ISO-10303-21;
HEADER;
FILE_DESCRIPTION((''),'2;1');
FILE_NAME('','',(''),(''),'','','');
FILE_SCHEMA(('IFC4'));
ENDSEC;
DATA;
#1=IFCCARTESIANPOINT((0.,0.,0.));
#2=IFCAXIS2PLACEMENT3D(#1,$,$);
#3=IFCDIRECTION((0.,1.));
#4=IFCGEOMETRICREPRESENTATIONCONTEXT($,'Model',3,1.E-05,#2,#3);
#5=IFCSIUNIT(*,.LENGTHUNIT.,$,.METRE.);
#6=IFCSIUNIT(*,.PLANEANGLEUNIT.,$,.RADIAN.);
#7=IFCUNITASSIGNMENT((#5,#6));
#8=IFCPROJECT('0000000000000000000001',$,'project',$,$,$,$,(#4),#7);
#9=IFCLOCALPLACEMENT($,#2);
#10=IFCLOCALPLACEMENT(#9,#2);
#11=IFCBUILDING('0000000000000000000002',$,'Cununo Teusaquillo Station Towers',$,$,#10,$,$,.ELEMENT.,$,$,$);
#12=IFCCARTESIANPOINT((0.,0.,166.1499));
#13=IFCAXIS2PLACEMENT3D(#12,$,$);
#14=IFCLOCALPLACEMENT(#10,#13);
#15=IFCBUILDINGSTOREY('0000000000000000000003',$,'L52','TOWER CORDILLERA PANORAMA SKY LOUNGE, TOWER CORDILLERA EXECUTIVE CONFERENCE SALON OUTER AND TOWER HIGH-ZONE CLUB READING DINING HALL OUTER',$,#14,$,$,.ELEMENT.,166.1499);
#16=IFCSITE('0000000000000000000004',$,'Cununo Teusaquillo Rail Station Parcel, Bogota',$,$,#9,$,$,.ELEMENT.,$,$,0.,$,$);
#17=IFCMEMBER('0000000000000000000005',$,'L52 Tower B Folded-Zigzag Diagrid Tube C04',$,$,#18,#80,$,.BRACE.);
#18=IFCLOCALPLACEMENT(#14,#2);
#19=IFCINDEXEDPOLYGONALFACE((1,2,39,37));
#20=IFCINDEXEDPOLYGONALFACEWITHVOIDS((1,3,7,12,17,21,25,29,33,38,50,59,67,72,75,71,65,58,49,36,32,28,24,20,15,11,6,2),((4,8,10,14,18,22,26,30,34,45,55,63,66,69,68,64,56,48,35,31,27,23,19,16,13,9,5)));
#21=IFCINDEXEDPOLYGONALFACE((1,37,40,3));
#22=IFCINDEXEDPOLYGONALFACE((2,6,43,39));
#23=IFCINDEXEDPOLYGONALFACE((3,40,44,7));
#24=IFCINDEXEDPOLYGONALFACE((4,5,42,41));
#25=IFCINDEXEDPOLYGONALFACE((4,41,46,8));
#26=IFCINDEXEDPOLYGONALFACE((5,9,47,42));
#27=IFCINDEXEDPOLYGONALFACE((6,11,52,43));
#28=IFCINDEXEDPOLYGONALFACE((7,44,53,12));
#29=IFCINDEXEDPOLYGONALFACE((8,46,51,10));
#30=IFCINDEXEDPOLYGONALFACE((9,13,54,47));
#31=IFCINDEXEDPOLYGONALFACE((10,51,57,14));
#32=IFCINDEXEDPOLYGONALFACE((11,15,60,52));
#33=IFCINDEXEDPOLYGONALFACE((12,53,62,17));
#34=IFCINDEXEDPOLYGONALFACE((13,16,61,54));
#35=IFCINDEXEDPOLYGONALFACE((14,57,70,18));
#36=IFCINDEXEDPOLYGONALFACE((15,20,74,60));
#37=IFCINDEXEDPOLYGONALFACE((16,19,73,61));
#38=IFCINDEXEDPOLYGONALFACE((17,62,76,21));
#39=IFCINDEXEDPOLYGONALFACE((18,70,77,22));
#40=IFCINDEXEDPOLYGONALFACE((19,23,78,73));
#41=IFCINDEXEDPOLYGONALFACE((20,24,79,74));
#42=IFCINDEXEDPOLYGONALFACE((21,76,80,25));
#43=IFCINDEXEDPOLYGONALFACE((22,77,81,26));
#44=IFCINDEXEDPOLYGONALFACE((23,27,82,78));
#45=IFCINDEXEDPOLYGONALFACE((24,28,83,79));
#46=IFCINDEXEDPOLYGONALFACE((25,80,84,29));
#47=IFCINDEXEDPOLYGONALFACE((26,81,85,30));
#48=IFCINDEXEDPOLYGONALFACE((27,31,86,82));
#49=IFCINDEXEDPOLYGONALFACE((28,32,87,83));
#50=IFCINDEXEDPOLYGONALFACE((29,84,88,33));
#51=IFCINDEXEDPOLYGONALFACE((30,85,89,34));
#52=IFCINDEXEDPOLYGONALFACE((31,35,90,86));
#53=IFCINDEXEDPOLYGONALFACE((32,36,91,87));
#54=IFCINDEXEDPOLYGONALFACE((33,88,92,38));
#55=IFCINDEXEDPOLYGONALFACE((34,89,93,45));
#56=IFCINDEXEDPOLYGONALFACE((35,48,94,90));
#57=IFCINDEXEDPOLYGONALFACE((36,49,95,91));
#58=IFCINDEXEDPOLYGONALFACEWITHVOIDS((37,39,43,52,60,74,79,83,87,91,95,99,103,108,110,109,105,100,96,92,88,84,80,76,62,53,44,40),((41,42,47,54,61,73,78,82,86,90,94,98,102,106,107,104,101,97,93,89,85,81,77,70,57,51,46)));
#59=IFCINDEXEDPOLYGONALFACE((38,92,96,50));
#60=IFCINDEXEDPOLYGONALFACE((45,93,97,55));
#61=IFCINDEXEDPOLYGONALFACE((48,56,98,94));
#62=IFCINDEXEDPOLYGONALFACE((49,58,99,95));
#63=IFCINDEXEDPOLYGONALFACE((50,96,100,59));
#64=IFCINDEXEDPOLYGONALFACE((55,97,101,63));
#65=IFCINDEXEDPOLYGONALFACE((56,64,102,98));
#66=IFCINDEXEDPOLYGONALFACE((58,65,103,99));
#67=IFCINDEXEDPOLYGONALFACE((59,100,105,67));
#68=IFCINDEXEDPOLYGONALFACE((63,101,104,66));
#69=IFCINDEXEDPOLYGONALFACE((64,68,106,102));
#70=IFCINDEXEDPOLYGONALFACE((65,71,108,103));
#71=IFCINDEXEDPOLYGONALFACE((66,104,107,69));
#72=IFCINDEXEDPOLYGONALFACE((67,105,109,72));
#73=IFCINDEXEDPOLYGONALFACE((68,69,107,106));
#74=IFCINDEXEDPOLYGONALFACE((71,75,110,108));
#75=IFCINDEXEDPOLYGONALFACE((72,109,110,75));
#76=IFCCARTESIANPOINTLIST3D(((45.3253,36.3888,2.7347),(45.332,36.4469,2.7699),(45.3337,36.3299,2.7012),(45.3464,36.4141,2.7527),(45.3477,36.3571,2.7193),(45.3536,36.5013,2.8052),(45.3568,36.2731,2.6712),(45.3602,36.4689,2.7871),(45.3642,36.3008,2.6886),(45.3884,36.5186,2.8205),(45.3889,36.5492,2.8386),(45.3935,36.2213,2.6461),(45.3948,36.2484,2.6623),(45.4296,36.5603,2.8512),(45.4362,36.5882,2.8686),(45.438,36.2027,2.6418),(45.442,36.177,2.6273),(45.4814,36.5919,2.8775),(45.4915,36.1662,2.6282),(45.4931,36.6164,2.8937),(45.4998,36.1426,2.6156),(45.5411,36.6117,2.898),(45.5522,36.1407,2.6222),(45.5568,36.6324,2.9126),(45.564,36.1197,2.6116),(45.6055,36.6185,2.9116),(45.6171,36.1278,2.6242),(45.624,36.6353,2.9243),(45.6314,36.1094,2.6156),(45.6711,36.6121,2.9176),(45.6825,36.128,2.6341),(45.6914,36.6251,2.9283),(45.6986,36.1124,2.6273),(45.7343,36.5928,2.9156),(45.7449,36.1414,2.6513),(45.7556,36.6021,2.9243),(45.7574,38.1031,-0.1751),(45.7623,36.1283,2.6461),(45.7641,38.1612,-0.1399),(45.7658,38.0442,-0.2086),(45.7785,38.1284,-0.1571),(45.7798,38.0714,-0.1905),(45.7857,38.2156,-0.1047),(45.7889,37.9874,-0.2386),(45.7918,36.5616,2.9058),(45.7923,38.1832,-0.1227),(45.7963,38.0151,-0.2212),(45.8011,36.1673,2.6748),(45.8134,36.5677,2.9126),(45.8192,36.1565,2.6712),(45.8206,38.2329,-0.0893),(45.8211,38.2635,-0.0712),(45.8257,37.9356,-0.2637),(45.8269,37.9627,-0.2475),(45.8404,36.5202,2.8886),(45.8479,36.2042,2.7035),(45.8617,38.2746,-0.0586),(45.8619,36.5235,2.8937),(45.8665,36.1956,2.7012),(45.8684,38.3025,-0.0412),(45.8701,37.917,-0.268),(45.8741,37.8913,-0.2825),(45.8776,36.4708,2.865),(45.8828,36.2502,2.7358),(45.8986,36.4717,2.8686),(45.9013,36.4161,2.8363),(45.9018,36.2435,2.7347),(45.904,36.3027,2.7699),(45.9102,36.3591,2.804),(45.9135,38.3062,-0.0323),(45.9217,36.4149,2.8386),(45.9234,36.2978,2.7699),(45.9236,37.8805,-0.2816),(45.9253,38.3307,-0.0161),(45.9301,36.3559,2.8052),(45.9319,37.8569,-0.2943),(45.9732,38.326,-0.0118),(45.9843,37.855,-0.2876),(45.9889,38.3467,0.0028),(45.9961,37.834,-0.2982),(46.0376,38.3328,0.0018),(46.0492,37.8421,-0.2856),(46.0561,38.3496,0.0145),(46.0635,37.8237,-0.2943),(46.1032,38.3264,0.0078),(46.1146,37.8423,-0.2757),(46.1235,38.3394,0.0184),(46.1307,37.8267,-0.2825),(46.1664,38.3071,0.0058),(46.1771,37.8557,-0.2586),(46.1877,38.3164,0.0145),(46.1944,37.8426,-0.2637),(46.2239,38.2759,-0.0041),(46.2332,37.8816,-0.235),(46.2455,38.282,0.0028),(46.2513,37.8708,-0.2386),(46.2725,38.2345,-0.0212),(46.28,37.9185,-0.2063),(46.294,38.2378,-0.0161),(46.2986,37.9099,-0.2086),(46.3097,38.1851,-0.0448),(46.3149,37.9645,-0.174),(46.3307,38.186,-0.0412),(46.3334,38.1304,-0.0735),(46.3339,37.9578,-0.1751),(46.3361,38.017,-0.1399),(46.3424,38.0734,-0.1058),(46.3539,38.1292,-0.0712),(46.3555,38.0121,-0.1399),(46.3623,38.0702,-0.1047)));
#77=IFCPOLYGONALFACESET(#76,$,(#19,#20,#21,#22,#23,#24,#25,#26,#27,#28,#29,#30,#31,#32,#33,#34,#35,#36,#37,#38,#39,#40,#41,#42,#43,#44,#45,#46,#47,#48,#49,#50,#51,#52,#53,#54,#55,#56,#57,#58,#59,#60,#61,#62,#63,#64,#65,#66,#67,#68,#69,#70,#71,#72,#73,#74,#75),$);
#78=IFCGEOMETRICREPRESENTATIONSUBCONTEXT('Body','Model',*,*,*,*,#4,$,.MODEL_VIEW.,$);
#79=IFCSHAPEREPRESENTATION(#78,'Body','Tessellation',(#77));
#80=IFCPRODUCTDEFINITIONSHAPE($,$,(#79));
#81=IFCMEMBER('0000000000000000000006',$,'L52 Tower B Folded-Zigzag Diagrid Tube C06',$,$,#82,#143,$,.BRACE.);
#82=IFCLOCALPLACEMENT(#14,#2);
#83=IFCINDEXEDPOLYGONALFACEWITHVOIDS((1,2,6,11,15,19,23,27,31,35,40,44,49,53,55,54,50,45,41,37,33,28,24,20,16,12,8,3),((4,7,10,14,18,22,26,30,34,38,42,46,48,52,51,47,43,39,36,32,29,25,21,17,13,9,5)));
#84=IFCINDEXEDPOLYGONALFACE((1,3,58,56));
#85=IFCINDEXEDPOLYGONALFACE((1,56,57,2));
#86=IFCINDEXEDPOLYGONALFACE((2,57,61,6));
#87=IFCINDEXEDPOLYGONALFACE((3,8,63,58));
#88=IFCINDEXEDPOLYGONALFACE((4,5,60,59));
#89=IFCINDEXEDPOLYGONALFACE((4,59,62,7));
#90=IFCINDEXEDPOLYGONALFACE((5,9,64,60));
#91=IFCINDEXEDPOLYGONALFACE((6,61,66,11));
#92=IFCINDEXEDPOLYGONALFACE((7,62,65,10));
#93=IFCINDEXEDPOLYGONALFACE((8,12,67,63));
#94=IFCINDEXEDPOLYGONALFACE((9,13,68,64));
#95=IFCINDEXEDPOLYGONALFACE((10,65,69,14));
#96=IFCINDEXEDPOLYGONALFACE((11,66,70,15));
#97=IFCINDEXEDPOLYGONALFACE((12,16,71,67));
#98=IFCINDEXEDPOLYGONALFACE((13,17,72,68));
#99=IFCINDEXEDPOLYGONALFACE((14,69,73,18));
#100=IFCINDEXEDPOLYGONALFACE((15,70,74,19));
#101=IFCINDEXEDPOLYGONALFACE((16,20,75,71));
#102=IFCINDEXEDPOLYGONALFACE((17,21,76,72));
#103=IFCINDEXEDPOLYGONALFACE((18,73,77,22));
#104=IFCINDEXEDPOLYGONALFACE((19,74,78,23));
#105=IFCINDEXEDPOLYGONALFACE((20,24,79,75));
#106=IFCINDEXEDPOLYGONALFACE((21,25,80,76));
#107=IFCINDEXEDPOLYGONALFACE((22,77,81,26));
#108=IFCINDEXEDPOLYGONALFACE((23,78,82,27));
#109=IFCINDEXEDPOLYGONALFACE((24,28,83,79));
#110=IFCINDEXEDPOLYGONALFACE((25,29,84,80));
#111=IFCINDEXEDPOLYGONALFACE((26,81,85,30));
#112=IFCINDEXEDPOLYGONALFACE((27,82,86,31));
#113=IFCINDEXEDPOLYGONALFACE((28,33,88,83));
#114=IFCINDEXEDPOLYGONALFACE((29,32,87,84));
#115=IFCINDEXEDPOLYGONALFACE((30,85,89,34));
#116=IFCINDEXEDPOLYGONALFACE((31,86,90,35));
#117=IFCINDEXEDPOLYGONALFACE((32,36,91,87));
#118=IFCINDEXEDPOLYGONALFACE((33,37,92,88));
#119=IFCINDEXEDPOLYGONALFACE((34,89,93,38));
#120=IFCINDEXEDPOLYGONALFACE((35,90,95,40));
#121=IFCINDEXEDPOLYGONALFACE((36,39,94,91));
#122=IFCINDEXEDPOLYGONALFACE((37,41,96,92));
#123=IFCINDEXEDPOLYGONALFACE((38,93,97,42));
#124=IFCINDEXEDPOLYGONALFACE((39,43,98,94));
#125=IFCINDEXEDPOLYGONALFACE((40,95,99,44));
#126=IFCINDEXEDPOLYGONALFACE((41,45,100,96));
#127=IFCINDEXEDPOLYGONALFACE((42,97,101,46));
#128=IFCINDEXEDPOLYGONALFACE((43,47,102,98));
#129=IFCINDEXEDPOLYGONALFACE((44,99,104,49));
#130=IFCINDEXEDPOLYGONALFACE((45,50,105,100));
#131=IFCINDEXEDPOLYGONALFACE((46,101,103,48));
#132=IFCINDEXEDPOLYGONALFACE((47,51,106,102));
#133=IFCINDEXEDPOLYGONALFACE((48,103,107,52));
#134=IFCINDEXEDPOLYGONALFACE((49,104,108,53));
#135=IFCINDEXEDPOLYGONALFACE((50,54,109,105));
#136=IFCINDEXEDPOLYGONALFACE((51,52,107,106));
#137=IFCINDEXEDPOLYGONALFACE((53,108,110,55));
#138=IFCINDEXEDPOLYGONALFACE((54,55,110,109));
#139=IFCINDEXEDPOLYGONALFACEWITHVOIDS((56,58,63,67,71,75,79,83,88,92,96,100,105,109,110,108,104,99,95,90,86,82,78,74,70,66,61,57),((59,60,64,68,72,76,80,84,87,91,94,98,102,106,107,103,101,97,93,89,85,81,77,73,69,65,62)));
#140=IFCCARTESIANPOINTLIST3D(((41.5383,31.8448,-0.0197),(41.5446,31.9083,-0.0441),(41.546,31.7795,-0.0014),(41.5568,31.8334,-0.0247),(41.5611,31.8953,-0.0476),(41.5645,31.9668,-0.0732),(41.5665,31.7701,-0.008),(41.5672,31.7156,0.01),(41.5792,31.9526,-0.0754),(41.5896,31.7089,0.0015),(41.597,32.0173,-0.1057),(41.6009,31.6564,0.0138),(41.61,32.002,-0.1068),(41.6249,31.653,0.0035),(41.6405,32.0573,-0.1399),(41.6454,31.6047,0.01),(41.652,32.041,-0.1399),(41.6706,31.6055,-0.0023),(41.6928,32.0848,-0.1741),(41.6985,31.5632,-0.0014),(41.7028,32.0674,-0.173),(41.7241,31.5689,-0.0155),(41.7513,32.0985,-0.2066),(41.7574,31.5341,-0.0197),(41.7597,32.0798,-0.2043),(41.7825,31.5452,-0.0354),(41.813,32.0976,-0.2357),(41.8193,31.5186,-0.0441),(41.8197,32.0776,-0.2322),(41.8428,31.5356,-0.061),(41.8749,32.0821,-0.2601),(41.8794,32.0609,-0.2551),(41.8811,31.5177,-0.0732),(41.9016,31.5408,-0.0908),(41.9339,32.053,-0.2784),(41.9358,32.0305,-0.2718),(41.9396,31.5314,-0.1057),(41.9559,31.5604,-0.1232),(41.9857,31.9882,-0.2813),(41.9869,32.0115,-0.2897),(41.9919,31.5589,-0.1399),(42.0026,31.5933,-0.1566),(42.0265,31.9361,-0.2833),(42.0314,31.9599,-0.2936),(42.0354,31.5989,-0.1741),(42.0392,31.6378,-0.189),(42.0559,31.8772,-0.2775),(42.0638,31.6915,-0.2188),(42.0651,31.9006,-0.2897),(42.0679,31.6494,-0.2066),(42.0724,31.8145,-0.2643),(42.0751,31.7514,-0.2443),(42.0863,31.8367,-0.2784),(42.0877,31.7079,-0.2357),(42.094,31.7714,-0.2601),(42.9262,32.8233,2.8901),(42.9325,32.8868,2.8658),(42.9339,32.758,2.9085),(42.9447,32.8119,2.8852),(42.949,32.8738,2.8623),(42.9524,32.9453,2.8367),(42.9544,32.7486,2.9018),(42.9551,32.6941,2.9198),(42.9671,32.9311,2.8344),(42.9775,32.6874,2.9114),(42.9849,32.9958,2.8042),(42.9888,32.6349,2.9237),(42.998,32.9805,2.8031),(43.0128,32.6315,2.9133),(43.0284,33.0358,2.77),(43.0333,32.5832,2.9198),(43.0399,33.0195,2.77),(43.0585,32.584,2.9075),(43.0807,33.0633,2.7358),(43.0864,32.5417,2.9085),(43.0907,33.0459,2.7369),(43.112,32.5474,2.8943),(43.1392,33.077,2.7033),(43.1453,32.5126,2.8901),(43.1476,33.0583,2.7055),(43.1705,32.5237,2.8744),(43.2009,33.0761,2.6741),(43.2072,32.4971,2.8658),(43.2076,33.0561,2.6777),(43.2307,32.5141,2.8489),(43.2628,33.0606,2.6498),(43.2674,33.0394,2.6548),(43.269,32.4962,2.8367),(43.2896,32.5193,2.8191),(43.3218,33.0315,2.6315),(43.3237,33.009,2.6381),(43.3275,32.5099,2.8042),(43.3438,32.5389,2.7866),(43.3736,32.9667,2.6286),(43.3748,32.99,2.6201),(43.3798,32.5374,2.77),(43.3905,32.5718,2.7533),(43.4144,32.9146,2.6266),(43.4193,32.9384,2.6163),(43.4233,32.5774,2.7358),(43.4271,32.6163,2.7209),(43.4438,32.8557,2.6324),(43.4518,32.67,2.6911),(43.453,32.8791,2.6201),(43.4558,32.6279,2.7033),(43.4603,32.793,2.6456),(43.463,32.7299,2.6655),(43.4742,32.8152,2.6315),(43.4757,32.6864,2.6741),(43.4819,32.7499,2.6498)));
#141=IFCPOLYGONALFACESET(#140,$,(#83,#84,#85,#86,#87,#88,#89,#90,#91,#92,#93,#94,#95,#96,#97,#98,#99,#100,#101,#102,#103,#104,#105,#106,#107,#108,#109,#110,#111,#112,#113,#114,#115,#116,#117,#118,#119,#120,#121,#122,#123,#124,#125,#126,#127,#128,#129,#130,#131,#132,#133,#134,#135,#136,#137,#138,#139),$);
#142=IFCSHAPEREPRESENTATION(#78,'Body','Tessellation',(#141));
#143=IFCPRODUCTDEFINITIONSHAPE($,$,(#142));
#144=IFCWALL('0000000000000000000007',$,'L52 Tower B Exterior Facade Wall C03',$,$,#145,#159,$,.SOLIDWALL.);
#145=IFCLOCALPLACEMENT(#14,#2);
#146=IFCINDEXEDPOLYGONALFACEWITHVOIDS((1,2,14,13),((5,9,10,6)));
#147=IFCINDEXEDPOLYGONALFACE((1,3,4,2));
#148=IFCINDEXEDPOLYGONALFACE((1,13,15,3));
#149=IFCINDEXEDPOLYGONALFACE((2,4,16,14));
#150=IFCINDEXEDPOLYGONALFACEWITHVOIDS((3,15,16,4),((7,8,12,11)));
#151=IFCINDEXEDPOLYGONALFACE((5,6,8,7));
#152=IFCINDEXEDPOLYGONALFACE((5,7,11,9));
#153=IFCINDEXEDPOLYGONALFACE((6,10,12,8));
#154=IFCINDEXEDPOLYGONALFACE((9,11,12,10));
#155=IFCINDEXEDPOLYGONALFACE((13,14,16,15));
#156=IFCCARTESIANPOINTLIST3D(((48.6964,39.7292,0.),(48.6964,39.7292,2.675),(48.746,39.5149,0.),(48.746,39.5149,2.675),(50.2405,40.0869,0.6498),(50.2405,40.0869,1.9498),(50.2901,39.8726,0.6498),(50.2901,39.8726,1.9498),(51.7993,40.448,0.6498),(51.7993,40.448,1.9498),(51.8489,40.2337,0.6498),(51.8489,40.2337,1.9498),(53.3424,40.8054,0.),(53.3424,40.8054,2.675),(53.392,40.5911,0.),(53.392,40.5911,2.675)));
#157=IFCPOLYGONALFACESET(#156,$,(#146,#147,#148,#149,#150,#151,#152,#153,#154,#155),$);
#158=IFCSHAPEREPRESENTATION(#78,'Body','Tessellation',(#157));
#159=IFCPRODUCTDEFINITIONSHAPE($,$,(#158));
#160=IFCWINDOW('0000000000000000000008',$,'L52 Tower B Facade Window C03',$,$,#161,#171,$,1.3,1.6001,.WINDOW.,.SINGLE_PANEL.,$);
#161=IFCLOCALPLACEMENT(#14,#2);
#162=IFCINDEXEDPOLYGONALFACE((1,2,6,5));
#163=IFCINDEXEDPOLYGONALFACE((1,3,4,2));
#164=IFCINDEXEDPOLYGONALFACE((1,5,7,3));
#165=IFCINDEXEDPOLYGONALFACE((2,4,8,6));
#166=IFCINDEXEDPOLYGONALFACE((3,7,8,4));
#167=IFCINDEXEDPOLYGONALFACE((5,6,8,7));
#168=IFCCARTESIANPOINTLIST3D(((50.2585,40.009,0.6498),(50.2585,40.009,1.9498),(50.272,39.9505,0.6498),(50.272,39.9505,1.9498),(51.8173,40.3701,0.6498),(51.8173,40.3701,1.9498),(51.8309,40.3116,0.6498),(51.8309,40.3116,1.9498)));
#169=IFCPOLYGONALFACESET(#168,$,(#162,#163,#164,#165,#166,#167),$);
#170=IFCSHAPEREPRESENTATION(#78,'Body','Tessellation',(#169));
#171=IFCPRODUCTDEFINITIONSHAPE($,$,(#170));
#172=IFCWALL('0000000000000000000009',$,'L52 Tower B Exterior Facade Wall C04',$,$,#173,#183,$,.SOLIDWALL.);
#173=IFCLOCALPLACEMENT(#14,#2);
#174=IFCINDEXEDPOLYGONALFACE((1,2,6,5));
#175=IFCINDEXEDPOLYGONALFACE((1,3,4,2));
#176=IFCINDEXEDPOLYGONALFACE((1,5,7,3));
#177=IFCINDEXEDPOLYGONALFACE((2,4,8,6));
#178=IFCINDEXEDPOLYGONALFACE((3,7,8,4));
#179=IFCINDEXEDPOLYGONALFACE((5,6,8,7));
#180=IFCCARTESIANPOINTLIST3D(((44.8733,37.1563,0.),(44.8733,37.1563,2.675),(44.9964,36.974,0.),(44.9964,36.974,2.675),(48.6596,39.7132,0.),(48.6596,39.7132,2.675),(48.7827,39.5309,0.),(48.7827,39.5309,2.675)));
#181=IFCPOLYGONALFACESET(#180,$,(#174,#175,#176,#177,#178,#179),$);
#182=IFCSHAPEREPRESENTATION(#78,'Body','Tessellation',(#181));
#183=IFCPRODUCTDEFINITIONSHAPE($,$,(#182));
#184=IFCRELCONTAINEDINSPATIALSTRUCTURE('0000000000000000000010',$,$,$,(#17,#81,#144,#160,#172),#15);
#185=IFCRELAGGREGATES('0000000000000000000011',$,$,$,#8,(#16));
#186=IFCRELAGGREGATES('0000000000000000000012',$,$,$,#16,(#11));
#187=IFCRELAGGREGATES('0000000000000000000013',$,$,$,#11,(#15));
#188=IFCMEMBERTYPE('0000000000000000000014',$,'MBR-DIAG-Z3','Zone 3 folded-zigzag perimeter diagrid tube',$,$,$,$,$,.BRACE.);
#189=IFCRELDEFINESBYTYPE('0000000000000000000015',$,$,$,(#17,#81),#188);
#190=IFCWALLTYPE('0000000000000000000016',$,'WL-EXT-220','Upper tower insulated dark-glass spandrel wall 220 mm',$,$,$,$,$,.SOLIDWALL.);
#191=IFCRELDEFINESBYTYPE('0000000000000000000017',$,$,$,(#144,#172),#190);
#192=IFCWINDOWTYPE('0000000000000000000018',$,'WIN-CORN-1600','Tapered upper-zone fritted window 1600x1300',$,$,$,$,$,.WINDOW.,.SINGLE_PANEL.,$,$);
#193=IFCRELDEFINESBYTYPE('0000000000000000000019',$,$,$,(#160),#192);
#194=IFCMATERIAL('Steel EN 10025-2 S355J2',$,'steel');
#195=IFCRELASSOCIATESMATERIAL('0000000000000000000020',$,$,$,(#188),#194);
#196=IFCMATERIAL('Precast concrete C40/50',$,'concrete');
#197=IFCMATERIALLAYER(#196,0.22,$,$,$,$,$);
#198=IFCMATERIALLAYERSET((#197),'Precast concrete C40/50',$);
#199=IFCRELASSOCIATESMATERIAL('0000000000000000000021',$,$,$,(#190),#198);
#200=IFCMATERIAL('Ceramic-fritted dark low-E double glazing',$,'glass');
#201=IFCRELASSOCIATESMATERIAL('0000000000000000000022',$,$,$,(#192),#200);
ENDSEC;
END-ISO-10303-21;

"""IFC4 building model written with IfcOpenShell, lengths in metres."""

from ifc_helpers import new_model, si_unit, direction, frame, frame_2d, origin, origin_2d, place, context, subcontext, project, spatial, rectangle, hollow_circle, extrude, source, transform, mapped, material, layer, layer_set, material_profile, profile_set, type_object, element, fill, save


model = new_model("IFC4")

# Units and contexts
model_context = context("Model", 3, precision=1e-05, world=origin(), true_north=direction((0.0, 1.0)))
body_context = subcontext(model_context, "Body", "Model", "MODEL_VIEW")
ifc_project = project(units=[si_unit("LENGTHUNIT", "METRE"), si_unit("PLANEANGLEUNIT", "RADIAN")], contexts=[model_context])

# Site, building, storey
site_placement = place(None, origin())
site = spatial("IfcSite", under=ifc_project, at=site_placement, Name="Cununo Teusaquillo Rail Station Parcel, Bogota", CompositionType="ELEMENT", RefElevation=0.0)
building_placement = place(site_placement, origin())
building = spatial("IfcBuilding", under=site, at=building_placement, Name="Cununo Teusaquillo Station Towers", CompositionType="ELEMENT")
storey_placement = place(building_placement, frame((0.0, 0.0, 166.1499)))
storey = spatial("IfcBuildingStorey", under=building, at=storey_placement, Name="L52", Description="TOWER CORDILLERA PANORAMA SKY LOUNGE, TOWER CORDILLERA EXECUTIVE CONFERENCE SALON OUTER AND TOWER HIGH-ZONE CLUB READING DINING HALL OUTER", CompositionType="ELEMENT", Elevation=166.1499)

# Members
ifc_material_1 = material(Name="Steel EN 10025-2 S355J2", Category="steel")
ifc_material_profile_1 = material_profile(ifc_material_1, hollow_circle(Radius=0.3049, WallThickness=0.02, at=origin_2d()), Name="CHS 610x20")
ifc_profile_set_1 = profile_set([ifc_material_profile_1], Name="Steel EN 10025-2 S355J2")
member_type = type_object("IfcMemberType", Name="MBR-DIAG-Z3", Description="Zone 3 folded-zigzag perimeter diagrid tube", PredefinedType="BRACE", material=ifc_profile_set_1)
member_1_placement = place(storey_placement, frame((46.0598, 38.0867, -0.1399), z_axis=(-0.126914, -0.503497, 0.854625), x_axis=(0.96967, -0.24442, 0.0)))
element("IfcMember", 1, at=member_1_placement, inside=storey, type_object=member_type, Name="L52 Tower B Folded-Zigzag Diagrid Tube C04", PredefinedType="BRACE", context=body_context, shape_type="SweptSolid", body=[
    extrude(hollow_circle(Radius=0.3049, WallThickness=0.02, at=origin_2d()), origin(), (0.0, 0.0, 1.0), 3.4048),
])
member_2_placement = place(storey_placement, frame((41.8162, 31.8081, -0.1399), z_axis=(0.41195, 0.29043, 0.863682), x_axis=(-0.576209, 0.817302, 0.0)))
element("IfcMember", 2, at=member_2_placement, inside=storey, type_object=member_type, Name="L52 Tower B Folded-Zigzag Diagrid Tube C06", PredefinedType="BRACE", context=body_context, shape_type="SweptSolid", body=[
    extrude(hollow_circle(Radius=0.3049, WallThickness=0.02, at=origin_2d()), origin(), (0.0, 0.0, 1.0), 3.3691),
])

# Wall, opening, window
ifc_material_2 = material(Name="Precast concrete C40/50", Category="concrete")
ifc_layer_1 = layer(ifc_material_2, 0.22)
ifc_layer_set_1 = layer_set([ifc_layer_1], Name="Precast concrete C40/50")
wall_type_1 = type_object("IfcWallType", Name="WL-EXT-220", Description="Upper tower insulated dark-glass spandrel wall 220 mm", PredefinedType="SOLIDWALL", material=ifc_layer_set_1)
wall_1_placement = place(storey_placement, frame((48.7212, 39.6221, 0.0), z_axis=(0.0, 0.0, 1.0), x_axis=(0.974206, 0.22566, 0.0)))
wall_1 = element("IfcWall", 3, at=wall_1_placement, inside=storey, type_object=wall_type_1, Name="L52 Tower B Exterior Facade Wall C03", PredefinedType="SOLIDWALL", context=body_context, shape_type="SweptSolid", body=[
    extrude(rectangle(XDim=4.769, YDim=0.22, at=frame_2d((2.3845, 0.0))), origin(), (0.0, 0.0, 1.0), 2.675),
])
shared_shape_1 = source(origin(), body_context, "Body", "SweptSolid", [
    extrude(rectangle(XDim=1.6001, YDim=1.3, at=frame_2d((0.8, 0.6499))), frame((0.0, 0.1199, 0.0), z_axis=(0.0, -1.0, 0.0), x_axis=(1.0, 0.0, 0.0)), (0.0, 0.0, 1.0), 0.24),
])
opening_1_placement = place(wall_1_placement, frame((1.585, 0.0, 0.6499)))
opening_1 = element("IfcOpeningElement", 4, at=opening_1_placement, cuts=wall_1, PredefinedType="OPENING", context=body_context, shape_type="MappedRepresentation", body=[
    mapped(shared_shape_1, transform((0.0, 0.0, 0.0), x_axis=(1.0, 0.0, 0.0), y_axis=(0.0, 1.0, 0.0), z_axis=(0.0, 0.0, 1.0), scale=1.0)),
])
ifc_material_3 = material(Name="Ceramic-fritted dark low-E double glazing", Category="glass")
window_type = type_object("IfcWindowType", Name="WIN-CORN-1600", Description="Tapered upper-zone fritted window 1600x1300", PartitioningType="SINGLE_PANEL", PredefinedType="WINDOW", material=ifc_material_3)
shared_shape_2 = source(origin(), body_context, "Body", "SweptSolid", [
    extrude(rectangle(XDim=1.6001, YDim=1.3, at=frame_2d((0.8, 0.6499))), frame((0.0, 0.03, 0.0), z_axis=(0.0, -1.0, 0.0), x_axis=(1.0, 0.0, 0.0)), (0.0, 0.0, 1.0), 0.0601),
])
window_1_placement = place(opening_1_placement, origin())
window_1 = element("IfcWindow", 5, at=window_1_placement, inside=storey, type_object=window_type, Name="L52 Tower B Facade Window C03", OverallHeight=1.3, OverallWidth=1.6001, PartitioningType="SINGLE_PANEL", PredefinedType="WINDOW", context=body_context, shape_type="MappedRepresentation", body=[
    mapped(shared_shape_2, transform((0.0, 0.0, 0.0), x_axis=(1.0, 0.0, 0.0), y_axis=(0.0, 1.0, 0.0), z_axis=(0.0, 0.0, 1.0), scale=1.0)),
])
fill(opening_1, window_1)

# Wall
wall_2_placement = place(storey_placement, frame((44.9348, 37.0652, 0.0), z_axis=(0.0, 0.0, 1.0), x_axis=(0.828739, 0.559635, 0.0)))
element("IfcWall", 6, at=wall_2_placement, inside=storey, type_object=wall_type_1, Name="L52 Tower B Exterior Facade Wall C04", PredefinedType="SOLIDWALL", context=body_context, shape_type="SweptSolid", body=[
    extrude(rectangle(XDim=4.5688, YDim=0.22, at=frame_2d((2.2844, 0.0))), origin(), (0.0, 0.0, 1.0), 2.675),
])

save(model, "model.ifc")
